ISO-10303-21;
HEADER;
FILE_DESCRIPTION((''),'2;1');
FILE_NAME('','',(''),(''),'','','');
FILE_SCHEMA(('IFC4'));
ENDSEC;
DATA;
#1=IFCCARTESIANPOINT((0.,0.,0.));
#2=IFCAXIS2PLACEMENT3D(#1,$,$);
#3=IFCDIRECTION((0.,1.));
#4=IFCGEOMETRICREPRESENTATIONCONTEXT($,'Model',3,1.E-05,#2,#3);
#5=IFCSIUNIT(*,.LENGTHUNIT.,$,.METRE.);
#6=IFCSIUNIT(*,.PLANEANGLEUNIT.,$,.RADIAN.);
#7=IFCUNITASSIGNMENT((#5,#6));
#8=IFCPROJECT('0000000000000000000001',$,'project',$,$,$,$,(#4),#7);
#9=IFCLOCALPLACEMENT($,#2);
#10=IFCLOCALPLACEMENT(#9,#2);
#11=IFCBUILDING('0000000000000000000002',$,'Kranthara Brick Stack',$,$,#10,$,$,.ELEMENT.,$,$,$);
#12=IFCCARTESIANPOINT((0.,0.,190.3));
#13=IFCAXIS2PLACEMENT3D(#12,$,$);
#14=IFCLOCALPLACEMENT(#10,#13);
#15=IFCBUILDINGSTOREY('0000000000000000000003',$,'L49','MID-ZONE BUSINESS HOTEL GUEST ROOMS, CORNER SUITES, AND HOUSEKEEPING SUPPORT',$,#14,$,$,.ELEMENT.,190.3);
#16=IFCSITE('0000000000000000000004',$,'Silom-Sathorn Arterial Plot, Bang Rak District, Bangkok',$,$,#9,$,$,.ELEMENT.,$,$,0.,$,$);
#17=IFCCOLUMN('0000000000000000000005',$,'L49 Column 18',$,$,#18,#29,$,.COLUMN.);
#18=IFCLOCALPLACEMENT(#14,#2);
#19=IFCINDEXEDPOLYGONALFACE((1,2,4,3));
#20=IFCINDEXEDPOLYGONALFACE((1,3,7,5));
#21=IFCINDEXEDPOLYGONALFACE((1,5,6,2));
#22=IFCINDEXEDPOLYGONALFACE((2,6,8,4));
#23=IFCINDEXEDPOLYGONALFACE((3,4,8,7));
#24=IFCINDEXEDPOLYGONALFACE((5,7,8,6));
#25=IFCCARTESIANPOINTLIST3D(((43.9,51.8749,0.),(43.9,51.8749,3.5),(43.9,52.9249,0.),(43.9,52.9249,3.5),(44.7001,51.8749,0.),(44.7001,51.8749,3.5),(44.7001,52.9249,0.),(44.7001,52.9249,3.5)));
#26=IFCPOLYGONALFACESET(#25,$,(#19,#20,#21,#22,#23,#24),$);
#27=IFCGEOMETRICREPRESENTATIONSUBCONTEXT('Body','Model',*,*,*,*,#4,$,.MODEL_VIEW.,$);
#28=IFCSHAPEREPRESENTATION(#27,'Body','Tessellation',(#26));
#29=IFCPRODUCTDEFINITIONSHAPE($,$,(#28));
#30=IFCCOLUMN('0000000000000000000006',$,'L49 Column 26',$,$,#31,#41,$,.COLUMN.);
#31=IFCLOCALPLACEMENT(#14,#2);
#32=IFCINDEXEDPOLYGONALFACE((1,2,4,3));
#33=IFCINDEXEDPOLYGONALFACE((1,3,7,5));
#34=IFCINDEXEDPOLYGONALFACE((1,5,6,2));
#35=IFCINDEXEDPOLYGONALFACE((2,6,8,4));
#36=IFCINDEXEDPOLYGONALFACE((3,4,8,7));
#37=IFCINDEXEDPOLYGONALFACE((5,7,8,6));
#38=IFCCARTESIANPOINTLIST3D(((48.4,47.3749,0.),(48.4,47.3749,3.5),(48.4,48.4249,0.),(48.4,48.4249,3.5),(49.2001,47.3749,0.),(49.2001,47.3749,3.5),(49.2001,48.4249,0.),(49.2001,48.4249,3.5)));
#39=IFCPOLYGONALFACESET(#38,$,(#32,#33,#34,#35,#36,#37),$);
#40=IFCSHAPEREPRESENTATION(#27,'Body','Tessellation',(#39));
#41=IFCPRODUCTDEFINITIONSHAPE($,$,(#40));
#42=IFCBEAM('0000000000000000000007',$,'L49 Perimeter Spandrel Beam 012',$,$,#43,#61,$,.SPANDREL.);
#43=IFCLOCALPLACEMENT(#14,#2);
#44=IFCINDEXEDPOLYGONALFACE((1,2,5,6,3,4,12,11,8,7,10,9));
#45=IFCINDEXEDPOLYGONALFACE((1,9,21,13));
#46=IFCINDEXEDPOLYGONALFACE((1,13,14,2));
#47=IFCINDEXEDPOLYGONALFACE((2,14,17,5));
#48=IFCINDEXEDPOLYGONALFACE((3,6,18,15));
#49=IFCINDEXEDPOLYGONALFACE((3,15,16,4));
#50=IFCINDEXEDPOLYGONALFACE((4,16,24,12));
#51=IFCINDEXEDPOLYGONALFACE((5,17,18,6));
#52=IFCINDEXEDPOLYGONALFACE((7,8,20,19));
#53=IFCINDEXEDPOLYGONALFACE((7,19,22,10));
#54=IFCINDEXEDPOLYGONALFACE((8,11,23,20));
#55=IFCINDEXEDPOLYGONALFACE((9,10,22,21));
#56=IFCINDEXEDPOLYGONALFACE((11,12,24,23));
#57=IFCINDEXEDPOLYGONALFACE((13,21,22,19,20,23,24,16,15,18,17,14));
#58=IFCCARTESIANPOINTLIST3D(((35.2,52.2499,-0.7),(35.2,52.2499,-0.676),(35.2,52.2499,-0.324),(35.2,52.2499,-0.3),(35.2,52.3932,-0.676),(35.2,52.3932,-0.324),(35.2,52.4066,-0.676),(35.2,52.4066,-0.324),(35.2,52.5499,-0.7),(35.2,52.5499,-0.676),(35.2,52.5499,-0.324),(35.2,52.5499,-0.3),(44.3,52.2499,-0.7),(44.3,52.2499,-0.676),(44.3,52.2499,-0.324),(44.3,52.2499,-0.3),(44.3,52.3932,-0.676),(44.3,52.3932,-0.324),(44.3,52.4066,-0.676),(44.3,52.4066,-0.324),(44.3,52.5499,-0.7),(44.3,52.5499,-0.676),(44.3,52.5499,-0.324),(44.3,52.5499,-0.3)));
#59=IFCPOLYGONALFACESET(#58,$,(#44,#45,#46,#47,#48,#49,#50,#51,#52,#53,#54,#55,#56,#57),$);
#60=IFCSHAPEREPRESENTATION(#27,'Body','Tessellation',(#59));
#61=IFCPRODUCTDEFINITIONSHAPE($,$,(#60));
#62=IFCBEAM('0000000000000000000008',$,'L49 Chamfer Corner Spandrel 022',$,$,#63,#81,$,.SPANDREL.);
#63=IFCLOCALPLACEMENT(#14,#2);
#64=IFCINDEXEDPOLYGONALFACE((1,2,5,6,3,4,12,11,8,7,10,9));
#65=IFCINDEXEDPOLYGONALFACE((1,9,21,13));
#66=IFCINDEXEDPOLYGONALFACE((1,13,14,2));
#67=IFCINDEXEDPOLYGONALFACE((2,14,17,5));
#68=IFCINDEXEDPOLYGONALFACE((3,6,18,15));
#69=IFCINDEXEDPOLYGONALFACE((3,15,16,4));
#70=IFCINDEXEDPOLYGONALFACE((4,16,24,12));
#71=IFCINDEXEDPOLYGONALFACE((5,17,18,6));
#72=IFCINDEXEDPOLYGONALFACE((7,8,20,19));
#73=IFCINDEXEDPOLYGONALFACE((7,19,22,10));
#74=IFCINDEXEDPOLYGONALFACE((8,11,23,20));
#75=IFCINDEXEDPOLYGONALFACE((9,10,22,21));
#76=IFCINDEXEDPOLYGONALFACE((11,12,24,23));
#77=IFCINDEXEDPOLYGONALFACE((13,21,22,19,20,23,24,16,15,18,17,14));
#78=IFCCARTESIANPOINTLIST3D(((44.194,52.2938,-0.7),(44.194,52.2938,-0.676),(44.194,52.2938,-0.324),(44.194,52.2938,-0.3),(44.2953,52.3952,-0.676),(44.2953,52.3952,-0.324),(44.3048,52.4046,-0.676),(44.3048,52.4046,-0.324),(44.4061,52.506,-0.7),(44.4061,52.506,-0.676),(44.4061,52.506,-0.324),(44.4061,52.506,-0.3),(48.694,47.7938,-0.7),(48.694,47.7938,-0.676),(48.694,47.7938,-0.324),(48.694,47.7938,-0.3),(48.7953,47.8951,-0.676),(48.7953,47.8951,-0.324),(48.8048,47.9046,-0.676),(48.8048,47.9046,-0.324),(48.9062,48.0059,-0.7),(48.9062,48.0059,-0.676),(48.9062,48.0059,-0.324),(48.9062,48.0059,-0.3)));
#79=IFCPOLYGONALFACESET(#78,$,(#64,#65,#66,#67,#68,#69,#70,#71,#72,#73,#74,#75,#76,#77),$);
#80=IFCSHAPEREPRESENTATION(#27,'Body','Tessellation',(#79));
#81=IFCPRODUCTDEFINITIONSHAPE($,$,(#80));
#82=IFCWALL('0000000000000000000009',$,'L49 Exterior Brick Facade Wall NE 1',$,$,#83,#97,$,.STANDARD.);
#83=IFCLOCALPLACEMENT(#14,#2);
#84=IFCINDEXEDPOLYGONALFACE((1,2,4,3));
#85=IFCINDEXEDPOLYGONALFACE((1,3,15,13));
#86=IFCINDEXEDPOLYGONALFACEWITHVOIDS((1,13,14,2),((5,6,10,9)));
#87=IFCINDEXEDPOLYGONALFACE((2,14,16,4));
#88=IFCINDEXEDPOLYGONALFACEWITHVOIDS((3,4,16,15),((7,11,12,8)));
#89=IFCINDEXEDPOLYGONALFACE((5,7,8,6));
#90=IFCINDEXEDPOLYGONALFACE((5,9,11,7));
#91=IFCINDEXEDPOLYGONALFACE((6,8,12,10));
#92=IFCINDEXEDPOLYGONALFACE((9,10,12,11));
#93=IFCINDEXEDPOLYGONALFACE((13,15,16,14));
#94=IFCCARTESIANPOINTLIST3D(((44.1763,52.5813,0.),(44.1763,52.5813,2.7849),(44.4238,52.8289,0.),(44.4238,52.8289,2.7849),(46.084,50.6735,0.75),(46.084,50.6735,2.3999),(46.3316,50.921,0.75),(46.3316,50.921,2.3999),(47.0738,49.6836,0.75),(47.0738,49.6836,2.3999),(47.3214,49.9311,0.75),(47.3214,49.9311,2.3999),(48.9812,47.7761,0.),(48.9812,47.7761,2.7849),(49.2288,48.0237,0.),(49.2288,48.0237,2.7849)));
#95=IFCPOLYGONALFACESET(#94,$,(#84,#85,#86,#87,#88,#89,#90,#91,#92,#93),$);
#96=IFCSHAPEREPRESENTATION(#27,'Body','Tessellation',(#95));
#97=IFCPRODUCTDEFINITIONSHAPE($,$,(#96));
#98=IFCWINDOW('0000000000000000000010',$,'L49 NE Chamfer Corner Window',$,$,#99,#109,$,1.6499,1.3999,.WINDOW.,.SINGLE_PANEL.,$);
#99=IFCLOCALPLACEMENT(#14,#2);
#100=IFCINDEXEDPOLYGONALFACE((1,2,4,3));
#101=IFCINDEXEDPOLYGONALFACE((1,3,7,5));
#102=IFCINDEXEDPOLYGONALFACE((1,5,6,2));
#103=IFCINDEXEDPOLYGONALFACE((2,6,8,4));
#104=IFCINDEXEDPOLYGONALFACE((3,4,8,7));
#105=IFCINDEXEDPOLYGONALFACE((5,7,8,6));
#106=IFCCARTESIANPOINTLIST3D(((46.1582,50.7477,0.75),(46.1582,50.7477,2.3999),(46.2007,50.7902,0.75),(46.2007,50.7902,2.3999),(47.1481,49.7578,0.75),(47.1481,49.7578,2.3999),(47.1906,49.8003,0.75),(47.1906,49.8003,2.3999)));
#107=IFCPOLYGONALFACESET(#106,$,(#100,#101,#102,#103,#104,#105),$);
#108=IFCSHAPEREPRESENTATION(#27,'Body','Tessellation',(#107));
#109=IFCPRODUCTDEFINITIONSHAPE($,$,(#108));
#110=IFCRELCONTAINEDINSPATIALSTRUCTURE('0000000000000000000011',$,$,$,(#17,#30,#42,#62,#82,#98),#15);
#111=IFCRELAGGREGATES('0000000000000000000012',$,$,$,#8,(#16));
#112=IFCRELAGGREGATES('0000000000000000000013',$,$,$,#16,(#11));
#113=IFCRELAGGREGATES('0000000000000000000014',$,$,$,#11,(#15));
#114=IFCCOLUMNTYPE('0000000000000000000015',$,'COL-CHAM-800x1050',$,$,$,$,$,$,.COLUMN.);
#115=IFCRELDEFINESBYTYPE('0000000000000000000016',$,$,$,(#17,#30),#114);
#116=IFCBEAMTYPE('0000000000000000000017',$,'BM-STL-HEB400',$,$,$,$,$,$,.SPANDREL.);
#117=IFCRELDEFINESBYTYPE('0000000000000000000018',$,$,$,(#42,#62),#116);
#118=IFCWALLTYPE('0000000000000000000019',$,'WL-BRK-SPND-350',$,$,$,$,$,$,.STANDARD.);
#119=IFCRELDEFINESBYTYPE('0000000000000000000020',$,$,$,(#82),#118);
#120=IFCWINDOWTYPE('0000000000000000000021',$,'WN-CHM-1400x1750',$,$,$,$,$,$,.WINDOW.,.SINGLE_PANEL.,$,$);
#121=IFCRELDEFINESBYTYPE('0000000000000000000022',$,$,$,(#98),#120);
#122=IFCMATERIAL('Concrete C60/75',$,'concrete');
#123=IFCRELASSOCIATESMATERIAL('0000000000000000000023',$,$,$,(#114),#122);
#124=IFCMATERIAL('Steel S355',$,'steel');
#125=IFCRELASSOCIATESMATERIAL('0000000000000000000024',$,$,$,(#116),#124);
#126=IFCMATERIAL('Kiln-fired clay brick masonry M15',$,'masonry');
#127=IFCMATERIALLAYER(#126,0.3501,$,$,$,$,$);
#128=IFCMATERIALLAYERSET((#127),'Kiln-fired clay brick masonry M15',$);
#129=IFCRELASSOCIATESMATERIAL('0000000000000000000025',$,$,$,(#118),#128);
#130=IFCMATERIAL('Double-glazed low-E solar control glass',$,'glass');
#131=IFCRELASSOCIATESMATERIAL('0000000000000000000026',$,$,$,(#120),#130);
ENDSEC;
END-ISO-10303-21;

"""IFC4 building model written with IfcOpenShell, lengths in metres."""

from ifc_helpers import new_model, si_unit, direction, frame, frame_2d, origin, origin_2d, place, context, subcontext, project, spatial, rectangle, i_section, extrude, material, layer, layer_set, material_profile, profile_set, type_object, element, fill, save


model = new_model("IFC4")

# Units and contexts
model_context = context("Model", 3, precision=1e-05, world=origin(), true_north=direction((0.0, 1.0)))
body_context = subcontext(model_context, "Body", "Model", "MODEL_VIEW")
ifc_project = project(units=[si_unit("LENGTHUNIT", "METRE"), si_unit("PLANEANGLEUNIT", "RADIAN")], contexts=[model_context])

# Site, building, storey
site_placement = place(None, origin())
site = spatial("IfcSite", under=ifc_project, at=site_placement, Name="Silom-Sathorn Arterial Plot, Bang Rak District, Bangkok", CompositionType="ELEMENT", RefElevation=0.0)
building_placement = place(site_placement, origin())
building = spatial("IfcBuilding", under=site, at=building_placement, Name="Kranthara Brick Stack", CompositionType="ELEMENT")
storey_placement = place(building_placement, frame((0.0, 0.0, 190.3)))
storey = spatial("IfcBuildingStorey", under=building, at=storey_placement, Name="L49", Description="MID-ZONE BUSINESS HOTEL GUEST ROOMS, CORNER SUITES, AND HOUSEKEEPING SUPPORT", CompositionType="ELEMENT", Elevation=190.3)

# Columns
ifc_material_1 = material(Name="Concrete C60/75", Category="concrete")
ifc_material_profile_1 = material_profile(ifc_material_1, rectangle(XDim=0.8, YDim=1.05, at=origin_2d()), Name="RC 800x1050")
ifc_profile_set_1 = profile_set([ifc_material_profile_1], Name="Concrete C60/75")
column_type = type_object("IfcColumnType", Name="COL-CHAM-800x1050", PredefinedType="COLUMN", material=ifc_profile_set_1)
for number, where, z_axis, x_axis, name in (
    (1, (44.3, 52.3999, 0.0), (0.0, 0.0, 1.0), (1.0, 0.0, 0.0), "L49 Column 18"),
    (2, (48.8, 47.8999, 0.0), (0.0, 0.0, 1.0), (1.0, 0.0, 0.0), "L49 Column 26"),
):
    element("IfcColumn", number, at=place(storey_placement, frame(where, z_axis=z_axis, x_axis=x_axis)), inside=storey, type_object=column_type, Name=name, PredefinedType="COLUMN", context=body_context, shape_type="SweptSolid", body=[
        extrude(rectangle(XDim=0.8, YDim=1.05, at=origin_2d()), origin(), (0.0, 0.0, 1.0), 3.5),
    ])

# Beams
ifc_material_2 = material(Name="Steel S355", Category="steel")
ifc_material_profile_2 = material_profile(ifc_material_2, i_section(OverallWidth=0.3, OverallDepth=0.3999, WebThickness=0.0134, FlangeThickness=0.0239, at=origin_2d()), Name="HEB 400")
ifc_profile_set_2 = profile_set([ifc_material_profile_2], Name="Steel S355")
beam_type = type_object("IfcBeamType", Name="BM-STL-HEB400", PredefinedType="SPANDREL", material=ifc_profile_set_2)
beam_1_placement = place(storey_placement, frame((35.2, 52.3999, -0.5), z_axis=(1.0, 0.0, 0.0), x_axis=(0.0, 1.0, 0.0)))
element("IfcBeam", 3, at=beam_1_placement, inside=storey, type_object=beam_type, Name="L49 Perimeter Spandrel Beam 012", PredefinedType="SPANDREL", context=body_context, shape_type="SweptSolid", body=[
    extrude(i_section(OverallWidth=0.3, OverallDepth=0.3999, WebThickness=0.0134, FlangeThickness=0.0239, at=origin_2d()), origin(), (0.0, 0.0, 1.0), 9.1001),
])
beam_2_placement = place(storey_placement, frame((44.3, 52.3999, -0.5), z_axis=(0.707107, -0.707107, 0.0), x_axis=(0.707107, 0.707107, 0.0)))
element("IfcBeam", 4, at=beam_2_placement, inside=storey, type_object=beam_type, Name="L49 Chamfer Corner Spandrel 022", PredefinedType="SPANDREL", context=body_context, shape_type="SweptSolid", body=[
    extrude(i_section(OverallWidth=0.3, OverallDepth=0.3999, WebThickness=0.0134, FlangeThickness=0.0239, at=origin_2d()), origin(), (0.0, 0.0, 1.0), 6.364),
])

# Wall, opening, window
ifc_material_3 = material(Name="Kiln-fired clay brick masonry M15", Category="masonry")
ifc_layer_1 = layer(ifc_material_3, 0.3501)
ifc_layer_set_1 = layer_set([ifc_layer_1], Name="Kiln-fired clay brick masonry M15")
wall_type_1 = type_object("IfcWallType", Name="WL-BRK-SPND-350", PredefinedType="STANDARD", material=ifc_layer_set_1)
wall_1_placement = place(storey_placement, frame((44.3, 52.7051, 0.0), z_axis=(0.0, 0.0, 1.0), x_axis=(0.707089, -0.707125, 0.0)))
wall_1 = element("IfcWall", 5, at=wall_1_placement, inside=storey, type_object=wall_type_1, Name="L49 Exterior Brick Facade Wall NE 1", PredefinedType="STANDARD", context=body_context, shape_type="SweptSolid", body=[
    extrude(rectangle(XDim=6.7954, YDim=0.3501, at=frame_2d((3.3977, 0.0))), origin(), (0.0, 0.0, 1.0), 2.7849),
])
opening_1_placement = place(wall_1_placement, frame((2.698, 0.0, 0.75)))
opening_1 = element("IfcOpeningElement", 6, at=opening_1_placement, cuts=wall_1, PredefinedType="OPENING", context=body_context, shape_type="SweptSolid", body=[
    extrude(rectangle(XDim=1.3999, YDim=1.6499, at=frame_2d((0.7, 0.825))), frame((0.0, 0.1851, 0.0), z_axis=(0.0, -1.0, 0.0), x_axis=(1.0, 0.0, 0.0)), (0.0, 0.0, 1.0), 0.3701),
])
ifc_material_4 = material(Name="Double-glazed low-E solar control glass", Category="glass")
window_type_1 = type_object("IfcWindowType", Name="WN-CHM-1400x1750", PartitioningType="SINGLE_PANEL", PredefinedType="WINDOW", material=ifc_material_4)
window_1_placement = place(opening_1_placement, origin())
window_1 = element("IfcWindow", 7, at=window_1_placement, inside=storey, type_object=window_type_1, Name="L49 NE Chamfer Corner Window", OverallHeight=1.6499, OverallWidth=1.3999, PartitioningType="SINGLE_PANEL", PredefinedType="WINDOW", context=body_context, shape_type="SweptSolid", body=[
    extrude(rectangle(XDim=1.3999, YDim=1.6499, at=frame_2d((0.7, 0.825))), frame((0.0, -0.01, 0.0), z_axis=(0.0, -1.0, 0.0), x_axis=(1.0, 0.0, 0.0)), (0.0, 0.0, 1.0), 0.0601),
])
fill(opening_1, window_1)

save(model, "model.ifc")
